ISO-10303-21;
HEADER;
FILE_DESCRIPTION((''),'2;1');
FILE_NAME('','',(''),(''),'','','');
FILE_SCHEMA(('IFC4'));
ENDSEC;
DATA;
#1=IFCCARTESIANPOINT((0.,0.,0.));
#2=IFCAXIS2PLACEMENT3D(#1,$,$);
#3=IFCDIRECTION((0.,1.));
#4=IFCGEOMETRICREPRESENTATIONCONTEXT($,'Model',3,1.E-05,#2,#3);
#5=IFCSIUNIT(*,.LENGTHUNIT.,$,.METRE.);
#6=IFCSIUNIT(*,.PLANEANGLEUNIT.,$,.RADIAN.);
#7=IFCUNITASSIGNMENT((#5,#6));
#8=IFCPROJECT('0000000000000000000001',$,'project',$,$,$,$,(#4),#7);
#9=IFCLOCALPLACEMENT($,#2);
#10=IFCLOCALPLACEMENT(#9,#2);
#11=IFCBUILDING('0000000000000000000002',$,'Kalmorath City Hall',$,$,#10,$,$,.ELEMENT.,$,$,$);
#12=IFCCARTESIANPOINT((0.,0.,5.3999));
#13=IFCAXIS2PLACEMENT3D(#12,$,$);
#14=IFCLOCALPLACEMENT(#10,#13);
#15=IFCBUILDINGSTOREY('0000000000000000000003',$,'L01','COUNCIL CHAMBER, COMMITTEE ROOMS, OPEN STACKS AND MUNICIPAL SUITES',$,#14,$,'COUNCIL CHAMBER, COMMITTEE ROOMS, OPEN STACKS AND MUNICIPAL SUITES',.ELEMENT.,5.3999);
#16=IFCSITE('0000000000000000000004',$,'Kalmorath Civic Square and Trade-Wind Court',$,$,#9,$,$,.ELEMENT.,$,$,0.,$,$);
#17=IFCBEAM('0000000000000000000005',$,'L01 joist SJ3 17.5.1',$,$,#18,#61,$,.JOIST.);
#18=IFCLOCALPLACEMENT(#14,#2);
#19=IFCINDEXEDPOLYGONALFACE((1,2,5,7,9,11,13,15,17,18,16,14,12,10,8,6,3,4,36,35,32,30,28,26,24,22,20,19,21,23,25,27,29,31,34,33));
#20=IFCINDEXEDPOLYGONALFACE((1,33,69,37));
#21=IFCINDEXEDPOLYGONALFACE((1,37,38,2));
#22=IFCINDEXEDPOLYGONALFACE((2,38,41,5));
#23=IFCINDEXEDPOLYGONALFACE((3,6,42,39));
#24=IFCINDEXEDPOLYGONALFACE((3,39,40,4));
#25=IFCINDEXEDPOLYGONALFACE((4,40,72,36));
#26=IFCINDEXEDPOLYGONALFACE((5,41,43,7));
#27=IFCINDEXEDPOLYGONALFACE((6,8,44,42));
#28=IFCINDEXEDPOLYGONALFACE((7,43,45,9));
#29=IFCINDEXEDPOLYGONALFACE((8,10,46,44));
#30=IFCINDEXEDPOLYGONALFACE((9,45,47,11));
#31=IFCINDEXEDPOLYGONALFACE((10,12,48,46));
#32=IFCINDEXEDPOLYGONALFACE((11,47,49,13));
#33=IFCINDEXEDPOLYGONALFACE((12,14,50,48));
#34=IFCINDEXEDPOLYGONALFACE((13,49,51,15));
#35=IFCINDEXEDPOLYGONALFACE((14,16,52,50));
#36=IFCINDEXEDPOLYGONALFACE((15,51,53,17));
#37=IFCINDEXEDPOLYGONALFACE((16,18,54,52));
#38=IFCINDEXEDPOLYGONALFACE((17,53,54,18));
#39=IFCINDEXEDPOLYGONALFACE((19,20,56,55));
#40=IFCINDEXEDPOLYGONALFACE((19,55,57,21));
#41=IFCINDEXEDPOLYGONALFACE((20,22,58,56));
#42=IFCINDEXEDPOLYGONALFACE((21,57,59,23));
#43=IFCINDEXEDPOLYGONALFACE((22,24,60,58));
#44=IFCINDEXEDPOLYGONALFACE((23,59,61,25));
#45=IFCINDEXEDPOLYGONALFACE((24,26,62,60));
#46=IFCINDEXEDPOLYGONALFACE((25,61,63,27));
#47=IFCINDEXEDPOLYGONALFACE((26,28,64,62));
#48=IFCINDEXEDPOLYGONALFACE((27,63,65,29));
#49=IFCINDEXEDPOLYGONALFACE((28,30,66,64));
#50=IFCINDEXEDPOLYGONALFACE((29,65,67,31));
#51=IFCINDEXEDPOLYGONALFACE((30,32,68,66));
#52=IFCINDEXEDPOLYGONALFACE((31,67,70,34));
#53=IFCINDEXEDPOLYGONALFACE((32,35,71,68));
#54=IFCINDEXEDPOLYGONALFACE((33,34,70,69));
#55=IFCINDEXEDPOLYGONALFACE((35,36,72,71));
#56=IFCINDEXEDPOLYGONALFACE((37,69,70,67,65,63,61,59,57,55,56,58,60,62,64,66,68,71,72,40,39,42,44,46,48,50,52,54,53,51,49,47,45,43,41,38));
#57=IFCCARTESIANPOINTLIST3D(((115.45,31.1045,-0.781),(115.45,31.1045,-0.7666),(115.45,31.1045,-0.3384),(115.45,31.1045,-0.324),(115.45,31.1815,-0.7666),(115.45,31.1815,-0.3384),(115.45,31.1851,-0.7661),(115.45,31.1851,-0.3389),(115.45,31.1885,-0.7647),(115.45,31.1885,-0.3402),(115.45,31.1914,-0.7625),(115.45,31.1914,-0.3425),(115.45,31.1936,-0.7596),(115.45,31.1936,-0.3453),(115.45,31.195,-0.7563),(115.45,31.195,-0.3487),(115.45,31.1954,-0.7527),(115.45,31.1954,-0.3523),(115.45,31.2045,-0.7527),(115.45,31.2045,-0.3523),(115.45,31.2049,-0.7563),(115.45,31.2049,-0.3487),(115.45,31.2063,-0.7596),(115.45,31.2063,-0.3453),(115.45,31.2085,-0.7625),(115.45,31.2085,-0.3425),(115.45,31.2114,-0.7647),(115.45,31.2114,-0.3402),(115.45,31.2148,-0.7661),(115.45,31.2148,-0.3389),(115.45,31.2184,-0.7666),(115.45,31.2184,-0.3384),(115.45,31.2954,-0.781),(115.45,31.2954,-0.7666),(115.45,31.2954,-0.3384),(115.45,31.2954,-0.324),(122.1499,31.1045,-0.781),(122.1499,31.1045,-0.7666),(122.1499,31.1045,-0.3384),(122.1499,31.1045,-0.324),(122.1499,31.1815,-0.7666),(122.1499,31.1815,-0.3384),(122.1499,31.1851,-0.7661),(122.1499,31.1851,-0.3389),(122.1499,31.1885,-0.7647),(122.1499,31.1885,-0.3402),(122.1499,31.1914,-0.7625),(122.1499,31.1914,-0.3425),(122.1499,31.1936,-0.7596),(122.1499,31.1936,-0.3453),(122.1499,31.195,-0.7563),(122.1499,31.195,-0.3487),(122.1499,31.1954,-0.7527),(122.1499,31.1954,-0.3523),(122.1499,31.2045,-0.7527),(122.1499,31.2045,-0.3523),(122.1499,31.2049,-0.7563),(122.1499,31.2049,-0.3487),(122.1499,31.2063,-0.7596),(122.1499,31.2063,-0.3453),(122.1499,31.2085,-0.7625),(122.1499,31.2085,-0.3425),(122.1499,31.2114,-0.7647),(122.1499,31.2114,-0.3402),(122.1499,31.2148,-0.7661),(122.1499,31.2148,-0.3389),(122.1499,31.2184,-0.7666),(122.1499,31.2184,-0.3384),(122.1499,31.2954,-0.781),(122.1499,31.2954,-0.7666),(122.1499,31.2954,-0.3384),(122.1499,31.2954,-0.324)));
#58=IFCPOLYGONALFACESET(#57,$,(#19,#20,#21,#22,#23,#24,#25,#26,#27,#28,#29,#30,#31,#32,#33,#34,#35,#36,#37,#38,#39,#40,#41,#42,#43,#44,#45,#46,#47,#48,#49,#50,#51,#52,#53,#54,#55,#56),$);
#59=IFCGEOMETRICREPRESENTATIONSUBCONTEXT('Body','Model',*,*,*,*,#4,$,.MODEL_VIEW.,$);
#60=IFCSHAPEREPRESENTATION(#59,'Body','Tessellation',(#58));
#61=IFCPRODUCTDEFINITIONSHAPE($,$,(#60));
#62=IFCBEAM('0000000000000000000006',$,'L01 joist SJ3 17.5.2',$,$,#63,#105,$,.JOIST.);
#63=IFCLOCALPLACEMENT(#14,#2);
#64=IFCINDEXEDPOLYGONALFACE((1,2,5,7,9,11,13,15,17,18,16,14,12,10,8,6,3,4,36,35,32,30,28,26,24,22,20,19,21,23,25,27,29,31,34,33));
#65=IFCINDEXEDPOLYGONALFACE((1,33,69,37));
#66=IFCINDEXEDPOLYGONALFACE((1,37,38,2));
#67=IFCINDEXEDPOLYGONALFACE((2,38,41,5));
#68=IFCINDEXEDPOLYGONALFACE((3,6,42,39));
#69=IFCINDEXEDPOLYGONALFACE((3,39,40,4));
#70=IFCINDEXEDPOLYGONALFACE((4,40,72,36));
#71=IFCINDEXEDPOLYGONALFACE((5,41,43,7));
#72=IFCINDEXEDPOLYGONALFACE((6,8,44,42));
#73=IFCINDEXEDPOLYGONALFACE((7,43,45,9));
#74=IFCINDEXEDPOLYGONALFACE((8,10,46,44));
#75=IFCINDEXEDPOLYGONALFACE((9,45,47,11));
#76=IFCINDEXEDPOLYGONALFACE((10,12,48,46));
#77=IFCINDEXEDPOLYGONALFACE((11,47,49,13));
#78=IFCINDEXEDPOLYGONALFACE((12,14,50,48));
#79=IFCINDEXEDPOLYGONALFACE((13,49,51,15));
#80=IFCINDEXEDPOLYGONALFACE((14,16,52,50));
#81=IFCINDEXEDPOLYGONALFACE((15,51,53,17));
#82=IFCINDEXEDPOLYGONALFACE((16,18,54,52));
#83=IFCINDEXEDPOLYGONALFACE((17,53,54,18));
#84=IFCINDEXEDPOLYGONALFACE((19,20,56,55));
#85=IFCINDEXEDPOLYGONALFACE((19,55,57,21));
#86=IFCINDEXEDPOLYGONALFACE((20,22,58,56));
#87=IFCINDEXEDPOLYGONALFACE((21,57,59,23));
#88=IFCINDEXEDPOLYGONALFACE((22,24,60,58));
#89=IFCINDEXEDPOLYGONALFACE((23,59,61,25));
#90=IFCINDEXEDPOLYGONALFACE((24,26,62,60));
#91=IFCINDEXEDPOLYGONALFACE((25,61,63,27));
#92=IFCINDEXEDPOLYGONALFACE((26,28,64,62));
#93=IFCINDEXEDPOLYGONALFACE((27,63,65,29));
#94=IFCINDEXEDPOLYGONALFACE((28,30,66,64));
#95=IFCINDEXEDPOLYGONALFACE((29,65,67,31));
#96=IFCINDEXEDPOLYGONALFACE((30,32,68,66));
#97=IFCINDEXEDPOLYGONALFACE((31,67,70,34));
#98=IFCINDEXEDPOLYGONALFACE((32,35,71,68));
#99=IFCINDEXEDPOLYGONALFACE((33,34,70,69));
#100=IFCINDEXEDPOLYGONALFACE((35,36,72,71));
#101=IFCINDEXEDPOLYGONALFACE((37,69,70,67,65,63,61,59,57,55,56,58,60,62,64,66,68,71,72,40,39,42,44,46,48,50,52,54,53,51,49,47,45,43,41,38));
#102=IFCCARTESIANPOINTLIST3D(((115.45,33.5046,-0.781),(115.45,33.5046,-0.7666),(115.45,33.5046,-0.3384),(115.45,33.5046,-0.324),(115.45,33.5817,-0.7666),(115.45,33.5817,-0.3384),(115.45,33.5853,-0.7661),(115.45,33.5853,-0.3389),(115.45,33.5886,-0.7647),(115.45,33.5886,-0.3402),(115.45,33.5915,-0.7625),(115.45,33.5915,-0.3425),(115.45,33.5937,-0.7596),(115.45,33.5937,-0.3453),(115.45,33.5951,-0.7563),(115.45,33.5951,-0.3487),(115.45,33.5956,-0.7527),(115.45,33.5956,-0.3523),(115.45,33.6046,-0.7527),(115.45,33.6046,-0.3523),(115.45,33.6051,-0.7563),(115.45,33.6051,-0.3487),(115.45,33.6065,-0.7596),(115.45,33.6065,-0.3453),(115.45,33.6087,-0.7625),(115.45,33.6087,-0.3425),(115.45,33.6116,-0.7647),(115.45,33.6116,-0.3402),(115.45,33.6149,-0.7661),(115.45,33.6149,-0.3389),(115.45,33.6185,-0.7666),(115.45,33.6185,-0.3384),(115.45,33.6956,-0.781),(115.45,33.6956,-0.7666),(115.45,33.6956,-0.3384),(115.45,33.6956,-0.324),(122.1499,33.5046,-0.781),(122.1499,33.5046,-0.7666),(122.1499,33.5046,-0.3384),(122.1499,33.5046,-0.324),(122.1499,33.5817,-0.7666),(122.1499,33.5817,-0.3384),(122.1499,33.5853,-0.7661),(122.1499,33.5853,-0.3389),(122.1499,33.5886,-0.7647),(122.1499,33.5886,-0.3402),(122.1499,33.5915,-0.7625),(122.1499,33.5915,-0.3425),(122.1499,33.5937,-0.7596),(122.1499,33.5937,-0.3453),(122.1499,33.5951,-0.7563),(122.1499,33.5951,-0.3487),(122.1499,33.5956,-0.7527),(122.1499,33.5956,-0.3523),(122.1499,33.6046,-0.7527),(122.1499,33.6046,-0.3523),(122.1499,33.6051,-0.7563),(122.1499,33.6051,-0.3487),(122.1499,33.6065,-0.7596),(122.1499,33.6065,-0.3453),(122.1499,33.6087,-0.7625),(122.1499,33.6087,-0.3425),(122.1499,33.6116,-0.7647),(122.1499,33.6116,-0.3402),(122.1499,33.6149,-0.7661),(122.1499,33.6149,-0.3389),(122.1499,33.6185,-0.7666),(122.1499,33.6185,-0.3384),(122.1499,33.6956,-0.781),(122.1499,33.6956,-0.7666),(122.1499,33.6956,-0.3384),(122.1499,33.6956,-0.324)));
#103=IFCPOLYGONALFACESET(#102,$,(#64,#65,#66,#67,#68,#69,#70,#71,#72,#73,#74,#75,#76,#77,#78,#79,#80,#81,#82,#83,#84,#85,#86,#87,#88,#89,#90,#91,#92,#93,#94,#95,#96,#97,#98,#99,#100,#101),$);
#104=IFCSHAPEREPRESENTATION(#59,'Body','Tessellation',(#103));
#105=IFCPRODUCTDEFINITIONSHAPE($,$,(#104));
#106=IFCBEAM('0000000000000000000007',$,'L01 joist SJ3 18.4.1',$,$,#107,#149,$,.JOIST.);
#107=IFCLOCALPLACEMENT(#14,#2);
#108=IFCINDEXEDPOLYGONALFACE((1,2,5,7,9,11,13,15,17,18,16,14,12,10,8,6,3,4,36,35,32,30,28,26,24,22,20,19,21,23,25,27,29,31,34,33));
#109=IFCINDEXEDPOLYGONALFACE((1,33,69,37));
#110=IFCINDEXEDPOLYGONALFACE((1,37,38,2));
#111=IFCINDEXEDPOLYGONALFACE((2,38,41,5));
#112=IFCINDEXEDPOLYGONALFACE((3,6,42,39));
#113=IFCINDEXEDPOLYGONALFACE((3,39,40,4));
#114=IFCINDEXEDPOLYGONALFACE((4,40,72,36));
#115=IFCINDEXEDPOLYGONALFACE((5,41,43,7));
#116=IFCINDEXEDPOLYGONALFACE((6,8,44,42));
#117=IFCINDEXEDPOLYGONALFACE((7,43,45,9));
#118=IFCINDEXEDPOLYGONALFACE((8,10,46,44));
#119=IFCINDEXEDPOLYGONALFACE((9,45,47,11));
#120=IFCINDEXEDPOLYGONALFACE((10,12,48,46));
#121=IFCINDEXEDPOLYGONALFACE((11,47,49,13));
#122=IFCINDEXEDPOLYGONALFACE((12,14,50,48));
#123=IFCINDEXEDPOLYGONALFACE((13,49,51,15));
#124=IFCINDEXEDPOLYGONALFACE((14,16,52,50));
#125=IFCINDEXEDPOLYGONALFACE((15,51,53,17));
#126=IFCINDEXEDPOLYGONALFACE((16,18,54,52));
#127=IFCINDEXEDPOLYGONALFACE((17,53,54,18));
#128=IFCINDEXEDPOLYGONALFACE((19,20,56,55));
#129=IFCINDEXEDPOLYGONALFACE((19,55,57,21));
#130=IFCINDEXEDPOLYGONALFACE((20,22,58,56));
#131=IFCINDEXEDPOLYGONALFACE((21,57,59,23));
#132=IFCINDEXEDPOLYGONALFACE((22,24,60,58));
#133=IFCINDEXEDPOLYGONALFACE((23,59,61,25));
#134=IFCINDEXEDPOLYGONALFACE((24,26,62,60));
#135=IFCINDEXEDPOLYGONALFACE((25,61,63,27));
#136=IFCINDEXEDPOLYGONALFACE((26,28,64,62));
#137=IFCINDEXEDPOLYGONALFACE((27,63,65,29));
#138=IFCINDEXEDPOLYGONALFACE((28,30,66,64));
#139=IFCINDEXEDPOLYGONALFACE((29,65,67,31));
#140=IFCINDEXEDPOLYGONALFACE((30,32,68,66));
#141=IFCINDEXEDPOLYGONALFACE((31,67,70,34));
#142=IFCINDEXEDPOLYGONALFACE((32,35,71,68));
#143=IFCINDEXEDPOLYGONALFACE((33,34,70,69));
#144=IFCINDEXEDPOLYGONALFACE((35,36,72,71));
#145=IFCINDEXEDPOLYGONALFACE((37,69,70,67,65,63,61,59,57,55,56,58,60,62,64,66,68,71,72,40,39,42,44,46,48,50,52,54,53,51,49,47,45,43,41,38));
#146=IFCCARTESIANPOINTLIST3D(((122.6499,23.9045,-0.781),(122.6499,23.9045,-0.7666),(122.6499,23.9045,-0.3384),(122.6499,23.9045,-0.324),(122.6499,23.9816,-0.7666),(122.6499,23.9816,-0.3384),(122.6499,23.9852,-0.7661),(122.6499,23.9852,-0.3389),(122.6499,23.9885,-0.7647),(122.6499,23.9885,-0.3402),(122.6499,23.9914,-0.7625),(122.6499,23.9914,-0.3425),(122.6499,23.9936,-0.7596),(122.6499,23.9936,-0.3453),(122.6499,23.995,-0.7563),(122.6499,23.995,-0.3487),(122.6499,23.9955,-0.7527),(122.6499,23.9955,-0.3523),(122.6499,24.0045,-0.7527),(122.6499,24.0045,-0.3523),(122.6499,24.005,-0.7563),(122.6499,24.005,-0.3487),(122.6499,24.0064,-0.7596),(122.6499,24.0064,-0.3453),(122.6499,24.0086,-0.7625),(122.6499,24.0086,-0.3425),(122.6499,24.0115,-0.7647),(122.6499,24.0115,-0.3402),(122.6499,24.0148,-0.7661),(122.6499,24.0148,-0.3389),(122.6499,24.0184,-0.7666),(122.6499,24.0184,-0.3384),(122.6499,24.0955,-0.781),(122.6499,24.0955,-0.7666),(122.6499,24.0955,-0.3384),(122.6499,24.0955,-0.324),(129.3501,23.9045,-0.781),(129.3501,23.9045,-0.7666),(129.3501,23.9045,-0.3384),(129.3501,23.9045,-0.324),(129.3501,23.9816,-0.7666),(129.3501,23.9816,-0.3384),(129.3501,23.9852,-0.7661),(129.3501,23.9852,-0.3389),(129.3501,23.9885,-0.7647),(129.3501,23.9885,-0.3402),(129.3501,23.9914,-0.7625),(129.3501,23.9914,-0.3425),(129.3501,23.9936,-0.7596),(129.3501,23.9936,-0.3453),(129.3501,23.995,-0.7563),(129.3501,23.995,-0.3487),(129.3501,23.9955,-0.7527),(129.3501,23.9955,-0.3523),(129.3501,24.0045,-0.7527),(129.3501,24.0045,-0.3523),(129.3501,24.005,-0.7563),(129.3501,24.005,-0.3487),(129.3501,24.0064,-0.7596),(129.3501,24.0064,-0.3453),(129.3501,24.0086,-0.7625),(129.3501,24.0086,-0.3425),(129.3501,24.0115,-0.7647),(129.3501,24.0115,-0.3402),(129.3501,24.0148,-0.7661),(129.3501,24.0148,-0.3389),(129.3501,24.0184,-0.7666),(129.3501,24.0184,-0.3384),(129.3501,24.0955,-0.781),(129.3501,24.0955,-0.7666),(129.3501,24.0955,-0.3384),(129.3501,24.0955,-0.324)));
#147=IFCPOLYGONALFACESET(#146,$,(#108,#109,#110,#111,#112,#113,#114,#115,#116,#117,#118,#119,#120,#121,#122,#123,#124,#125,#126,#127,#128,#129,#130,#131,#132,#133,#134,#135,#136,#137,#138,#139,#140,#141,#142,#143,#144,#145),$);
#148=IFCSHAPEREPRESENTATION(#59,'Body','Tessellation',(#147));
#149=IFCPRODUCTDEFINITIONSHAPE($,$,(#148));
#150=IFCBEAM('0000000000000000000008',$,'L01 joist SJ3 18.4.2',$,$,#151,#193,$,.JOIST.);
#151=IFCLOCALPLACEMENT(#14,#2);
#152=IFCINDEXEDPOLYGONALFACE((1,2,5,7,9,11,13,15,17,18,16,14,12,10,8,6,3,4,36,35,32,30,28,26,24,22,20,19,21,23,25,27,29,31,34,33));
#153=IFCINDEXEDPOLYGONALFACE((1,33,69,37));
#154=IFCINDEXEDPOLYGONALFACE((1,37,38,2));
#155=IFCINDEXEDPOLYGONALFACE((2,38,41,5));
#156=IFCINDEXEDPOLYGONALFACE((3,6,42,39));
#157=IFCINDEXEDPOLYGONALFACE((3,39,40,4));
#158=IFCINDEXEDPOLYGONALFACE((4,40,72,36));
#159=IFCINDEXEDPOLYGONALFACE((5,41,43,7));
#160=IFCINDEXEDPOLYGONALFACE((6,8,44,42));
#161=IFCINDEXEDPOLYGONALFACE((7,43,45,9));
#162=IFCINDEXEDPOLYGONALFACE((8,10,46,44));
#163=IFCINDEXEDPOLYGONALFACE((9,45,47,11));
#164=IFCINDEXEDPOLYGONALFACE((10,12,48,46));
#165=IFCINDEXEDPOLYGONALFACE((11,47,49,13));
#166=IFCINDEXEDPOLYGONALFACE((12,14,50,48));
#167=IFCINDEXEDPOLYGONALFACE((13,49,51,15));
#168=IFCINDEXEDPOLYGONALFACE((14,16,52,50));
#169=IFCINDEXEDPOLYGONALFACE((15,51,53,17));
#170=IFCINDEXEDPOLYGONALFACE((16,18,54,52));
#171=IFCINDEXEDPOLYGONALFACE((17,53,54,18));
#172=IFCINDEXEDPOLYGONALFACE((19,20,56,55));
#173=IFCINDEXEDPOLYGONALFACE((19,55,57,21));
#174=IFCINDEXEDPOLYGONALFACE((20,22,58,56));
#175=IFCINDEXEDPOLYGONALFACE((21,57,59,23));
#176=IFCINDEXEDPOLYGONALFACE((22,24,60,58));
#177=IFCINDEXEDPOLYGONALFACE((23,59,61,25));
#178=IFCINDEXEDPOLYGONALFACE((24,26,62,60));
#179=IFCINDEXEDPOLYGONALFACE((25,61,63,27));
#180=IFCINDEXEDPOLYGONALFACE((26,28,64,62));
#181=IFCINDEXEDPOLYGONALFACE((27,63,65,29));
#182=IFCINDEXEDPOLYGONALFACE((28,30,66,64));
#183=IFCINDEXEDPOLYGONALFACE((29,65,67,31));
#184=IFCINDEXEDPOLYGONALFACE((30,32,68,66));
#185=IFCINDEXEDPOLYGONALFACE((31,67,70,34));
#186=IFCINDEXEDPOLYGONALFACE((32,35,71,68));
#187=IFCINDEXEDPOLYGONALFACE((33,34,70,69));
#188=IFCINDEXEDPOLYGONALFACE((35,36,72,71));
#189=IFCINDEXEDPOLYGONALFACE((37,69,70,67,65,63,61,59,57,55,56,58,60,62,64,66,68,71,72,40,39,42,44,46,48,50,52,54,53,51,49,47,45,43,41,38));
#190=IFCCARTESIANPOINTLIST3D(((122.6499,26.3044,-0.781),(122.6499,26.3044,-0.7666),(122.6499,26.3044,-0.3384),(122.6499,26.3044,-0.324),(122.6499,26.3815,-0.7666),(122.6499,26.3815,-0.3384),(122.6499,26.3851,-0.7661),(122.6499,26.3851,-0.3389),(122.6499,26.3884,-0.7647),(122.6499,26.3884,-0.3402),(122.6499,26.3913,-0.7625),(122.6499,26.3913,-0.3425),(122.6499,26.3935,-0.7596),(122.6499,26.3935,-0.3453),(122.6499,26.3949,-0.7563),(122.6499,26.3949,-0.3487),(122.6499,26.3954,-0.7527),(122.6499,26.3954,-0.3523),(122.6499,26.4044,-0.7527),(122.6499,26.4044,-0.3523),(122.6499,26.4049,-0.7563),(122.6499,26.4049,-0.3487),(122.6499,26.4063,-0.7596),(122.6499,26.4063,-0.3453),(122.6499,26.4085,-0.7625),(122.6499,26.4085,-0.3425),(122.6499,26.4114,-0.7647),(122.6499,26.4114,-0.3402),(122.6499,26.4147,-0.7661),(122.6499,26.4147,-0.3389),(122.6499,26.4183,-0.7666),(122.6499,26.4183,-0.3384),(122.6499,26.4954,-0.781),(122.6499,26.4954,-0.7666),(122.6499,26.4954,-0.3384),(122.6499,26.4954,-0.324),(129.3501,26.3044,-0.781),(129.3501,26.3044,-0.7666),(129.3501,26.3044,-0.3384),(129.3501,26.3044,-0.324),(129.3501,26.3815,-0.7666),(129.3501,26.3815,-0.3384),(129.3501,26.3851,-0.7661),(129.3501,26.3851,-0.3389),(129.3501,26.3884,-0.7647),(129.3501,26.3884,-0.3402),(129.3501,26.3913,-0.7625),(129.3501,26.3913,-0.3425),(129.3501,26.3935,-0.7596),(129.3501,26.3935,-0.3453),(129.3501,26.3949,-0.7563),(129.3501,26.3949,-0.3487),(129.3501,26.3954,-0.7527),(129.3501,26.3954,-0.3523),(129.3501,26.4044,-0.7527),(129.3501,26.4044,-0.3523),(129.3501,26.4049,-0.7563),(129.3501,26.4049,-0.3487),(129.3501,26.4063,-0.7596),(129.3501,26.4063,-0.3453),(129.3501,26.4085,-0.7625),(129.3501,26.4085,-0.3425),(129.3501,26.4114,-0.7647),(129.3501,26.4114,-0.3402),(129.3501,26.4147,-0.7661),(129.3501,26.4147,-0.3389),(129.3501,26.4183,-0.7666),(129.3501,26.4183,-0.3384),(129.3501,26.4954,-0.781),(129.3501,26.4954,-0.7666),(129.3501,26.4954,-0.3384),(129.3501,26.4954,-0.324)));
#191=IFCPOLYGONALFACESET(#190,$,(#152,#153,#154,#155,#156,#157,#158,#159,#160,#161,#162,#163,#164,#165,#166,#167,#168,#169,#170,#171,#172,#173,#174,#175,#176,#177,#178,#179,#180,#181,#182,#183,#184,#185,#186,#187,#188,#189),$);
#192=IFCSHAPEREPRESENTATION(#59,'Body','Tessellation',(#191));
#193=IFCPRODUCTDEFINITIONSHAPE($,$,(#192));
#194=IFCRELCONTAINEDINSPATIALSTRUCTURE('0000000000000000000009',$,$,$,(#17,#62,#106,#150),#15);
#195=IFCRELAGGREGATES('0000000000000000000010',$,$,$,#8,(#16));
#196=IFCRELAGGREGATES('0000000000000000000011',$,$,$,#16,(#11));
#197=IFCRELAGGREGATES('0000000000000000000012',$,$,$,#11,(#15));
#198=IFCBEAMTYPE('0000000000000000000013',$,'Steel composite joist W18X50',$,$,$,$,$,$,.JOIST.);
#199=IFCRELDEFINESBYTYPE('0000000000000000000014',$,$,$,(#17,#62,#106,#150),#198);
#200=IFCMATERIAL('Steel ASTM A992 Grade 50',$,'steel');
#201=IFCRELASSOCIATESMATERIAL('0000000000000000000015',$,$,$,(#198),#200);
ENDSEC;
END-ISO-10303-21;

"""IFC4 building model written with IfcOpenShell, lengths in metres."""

from ifc_helpers import new_model, si_unit, direction, frame, origin, origin_2d, place, context, subcontext, project, spatial, i_section, extrude, material, material_profile, profile_set, type_object, element, save


model = new_model("IFC4")

# Units and contexts
model_context = context("Model", 3, precision=1e-05, world=origin(), true_north=direction((0.0, 1.0)))
body_context = subcontext(model_context, "Body", "Model", "MODEL_VIEW")
ifc_project = project(units=[si_unit("LENGTHUNIT", "METRE"), si_unit("PLANEANGLEUNIT", "RADIAN")], contexts=[model_context])

# Site, building, storey
site_placement = place(None, origin())
site = spatial("IfcSite", under=ifc_project, at=site_placement, Name="Kalmorath Civic Square and Trade-Wind Court", CompositionType="ELEMENT", RefElevation=0.0)
building_placement = place(site_placement, origin())
building = spatial("IfcBuilding", under=site, at=building_placement, Name="Kalmorath City Hall", CompositionType="ELEMENT")
storey_placement = place(building_placement, frame((0.0, 0.0, 5.3999)))
storey = spatial("IfcBuildingStorey", under=building, at=storey_placement, Name="L01", Description="COUNCIL CHAMBER, COMMITTEE ROOMS, OPEN STACKS AND MUNICIPAL SUITES", LongName="COUNCIL CHAMBER, COMMITTEE ROOMS, OPEN STACKS AND MUNICIPAL SUITES", CompositionType="ELEMENT", Elevation=5.3999)

# Beams
ifc_material_1 = material(Name="Steel ASTM A992 Grade 50", Category="steel")
ifc_material_profile_1 = material_profile(ifc_material_1, i_section(OverallWidth=0.1909, OverallDepth=0.457, WebThickness=0.009, FlangeThickness=0.0144, FilletRadius=0.0139, at=origin_2d()), Name="W18X50")
ifc_profile_set_1 = profile_set([ifc_material_profile_1], Name="Steel ASTM A992 Grade 50")
beam_type_1 = type_object("IfcBeamType", Name="Steel composite joist W18X50", PredefinedType="JOIST", material=ifc_profile_set_1)
for number, where, z_axis, x_axis, name in (
    (1, (115.45, 31.2, -0.5525), (1.0, 0.0, 0.0), (0.0, 1.0, 0.0), "L01 joist SJ3 17.5.1"),
    (2, (115.45, 33.6001, -0.5525), (1.0, 0.0, 0.0), (0.0, 1.0, 0.0), "L01 joist SJ3 17.5.2"),
):
    element("IfcBeam", number, at=place(storey_placement, frame(where, z_axis=z_axis, x_axis=x_axis)), inside=storey, type_object=beam_type_1, Name=name, PredefinedType="JOIST", context=body_context, shape_type="SweptSolid", body=[
        extrude(i_section(OverallWidth=0.1909, OverallDepth=0.457, WebThickness=0.009, FlangeThickness=0.0144, FilletRadius=0.0139, at=origin_2d()), origin(), (0.0, 0.0, 1.0), 6.7),
    ])
for number, where, z_axis, x_axis, name in (
    (3, (122.6499, 24.0, -0.5525), (1.0, 0.0, 0.0), (0.0, 1.0, 0.0), "L01 joist SJ3 18.4.1"),
    (4, (122.6499, 26.3999, -0.5525), (1.0, 0.0, 0.0), (0.0, 1.0, 0.0), "L01 joist SJ3 18.4.2"),
):
    element("IfcBeam", number, at=place(storey_placement, frame(where, z_axis=z_axis, x_axis=x_axis)), inside=storey, type_object=beam_type_1, Name=name, PredefinedType="JOIST", context=body_context, shape_type="SweptSolid", body=[
        extrude(i_section(OverallWidth=0.1909, OverallDepth=0.457, WebThickness=0.009, FlangeThickness=0.0144, FilletRadius=0.0139, at=origin_2d()), origin(), (0.0, 0.0, 1.0), 6.7002),
    ])

save(model, "model.ifc")
